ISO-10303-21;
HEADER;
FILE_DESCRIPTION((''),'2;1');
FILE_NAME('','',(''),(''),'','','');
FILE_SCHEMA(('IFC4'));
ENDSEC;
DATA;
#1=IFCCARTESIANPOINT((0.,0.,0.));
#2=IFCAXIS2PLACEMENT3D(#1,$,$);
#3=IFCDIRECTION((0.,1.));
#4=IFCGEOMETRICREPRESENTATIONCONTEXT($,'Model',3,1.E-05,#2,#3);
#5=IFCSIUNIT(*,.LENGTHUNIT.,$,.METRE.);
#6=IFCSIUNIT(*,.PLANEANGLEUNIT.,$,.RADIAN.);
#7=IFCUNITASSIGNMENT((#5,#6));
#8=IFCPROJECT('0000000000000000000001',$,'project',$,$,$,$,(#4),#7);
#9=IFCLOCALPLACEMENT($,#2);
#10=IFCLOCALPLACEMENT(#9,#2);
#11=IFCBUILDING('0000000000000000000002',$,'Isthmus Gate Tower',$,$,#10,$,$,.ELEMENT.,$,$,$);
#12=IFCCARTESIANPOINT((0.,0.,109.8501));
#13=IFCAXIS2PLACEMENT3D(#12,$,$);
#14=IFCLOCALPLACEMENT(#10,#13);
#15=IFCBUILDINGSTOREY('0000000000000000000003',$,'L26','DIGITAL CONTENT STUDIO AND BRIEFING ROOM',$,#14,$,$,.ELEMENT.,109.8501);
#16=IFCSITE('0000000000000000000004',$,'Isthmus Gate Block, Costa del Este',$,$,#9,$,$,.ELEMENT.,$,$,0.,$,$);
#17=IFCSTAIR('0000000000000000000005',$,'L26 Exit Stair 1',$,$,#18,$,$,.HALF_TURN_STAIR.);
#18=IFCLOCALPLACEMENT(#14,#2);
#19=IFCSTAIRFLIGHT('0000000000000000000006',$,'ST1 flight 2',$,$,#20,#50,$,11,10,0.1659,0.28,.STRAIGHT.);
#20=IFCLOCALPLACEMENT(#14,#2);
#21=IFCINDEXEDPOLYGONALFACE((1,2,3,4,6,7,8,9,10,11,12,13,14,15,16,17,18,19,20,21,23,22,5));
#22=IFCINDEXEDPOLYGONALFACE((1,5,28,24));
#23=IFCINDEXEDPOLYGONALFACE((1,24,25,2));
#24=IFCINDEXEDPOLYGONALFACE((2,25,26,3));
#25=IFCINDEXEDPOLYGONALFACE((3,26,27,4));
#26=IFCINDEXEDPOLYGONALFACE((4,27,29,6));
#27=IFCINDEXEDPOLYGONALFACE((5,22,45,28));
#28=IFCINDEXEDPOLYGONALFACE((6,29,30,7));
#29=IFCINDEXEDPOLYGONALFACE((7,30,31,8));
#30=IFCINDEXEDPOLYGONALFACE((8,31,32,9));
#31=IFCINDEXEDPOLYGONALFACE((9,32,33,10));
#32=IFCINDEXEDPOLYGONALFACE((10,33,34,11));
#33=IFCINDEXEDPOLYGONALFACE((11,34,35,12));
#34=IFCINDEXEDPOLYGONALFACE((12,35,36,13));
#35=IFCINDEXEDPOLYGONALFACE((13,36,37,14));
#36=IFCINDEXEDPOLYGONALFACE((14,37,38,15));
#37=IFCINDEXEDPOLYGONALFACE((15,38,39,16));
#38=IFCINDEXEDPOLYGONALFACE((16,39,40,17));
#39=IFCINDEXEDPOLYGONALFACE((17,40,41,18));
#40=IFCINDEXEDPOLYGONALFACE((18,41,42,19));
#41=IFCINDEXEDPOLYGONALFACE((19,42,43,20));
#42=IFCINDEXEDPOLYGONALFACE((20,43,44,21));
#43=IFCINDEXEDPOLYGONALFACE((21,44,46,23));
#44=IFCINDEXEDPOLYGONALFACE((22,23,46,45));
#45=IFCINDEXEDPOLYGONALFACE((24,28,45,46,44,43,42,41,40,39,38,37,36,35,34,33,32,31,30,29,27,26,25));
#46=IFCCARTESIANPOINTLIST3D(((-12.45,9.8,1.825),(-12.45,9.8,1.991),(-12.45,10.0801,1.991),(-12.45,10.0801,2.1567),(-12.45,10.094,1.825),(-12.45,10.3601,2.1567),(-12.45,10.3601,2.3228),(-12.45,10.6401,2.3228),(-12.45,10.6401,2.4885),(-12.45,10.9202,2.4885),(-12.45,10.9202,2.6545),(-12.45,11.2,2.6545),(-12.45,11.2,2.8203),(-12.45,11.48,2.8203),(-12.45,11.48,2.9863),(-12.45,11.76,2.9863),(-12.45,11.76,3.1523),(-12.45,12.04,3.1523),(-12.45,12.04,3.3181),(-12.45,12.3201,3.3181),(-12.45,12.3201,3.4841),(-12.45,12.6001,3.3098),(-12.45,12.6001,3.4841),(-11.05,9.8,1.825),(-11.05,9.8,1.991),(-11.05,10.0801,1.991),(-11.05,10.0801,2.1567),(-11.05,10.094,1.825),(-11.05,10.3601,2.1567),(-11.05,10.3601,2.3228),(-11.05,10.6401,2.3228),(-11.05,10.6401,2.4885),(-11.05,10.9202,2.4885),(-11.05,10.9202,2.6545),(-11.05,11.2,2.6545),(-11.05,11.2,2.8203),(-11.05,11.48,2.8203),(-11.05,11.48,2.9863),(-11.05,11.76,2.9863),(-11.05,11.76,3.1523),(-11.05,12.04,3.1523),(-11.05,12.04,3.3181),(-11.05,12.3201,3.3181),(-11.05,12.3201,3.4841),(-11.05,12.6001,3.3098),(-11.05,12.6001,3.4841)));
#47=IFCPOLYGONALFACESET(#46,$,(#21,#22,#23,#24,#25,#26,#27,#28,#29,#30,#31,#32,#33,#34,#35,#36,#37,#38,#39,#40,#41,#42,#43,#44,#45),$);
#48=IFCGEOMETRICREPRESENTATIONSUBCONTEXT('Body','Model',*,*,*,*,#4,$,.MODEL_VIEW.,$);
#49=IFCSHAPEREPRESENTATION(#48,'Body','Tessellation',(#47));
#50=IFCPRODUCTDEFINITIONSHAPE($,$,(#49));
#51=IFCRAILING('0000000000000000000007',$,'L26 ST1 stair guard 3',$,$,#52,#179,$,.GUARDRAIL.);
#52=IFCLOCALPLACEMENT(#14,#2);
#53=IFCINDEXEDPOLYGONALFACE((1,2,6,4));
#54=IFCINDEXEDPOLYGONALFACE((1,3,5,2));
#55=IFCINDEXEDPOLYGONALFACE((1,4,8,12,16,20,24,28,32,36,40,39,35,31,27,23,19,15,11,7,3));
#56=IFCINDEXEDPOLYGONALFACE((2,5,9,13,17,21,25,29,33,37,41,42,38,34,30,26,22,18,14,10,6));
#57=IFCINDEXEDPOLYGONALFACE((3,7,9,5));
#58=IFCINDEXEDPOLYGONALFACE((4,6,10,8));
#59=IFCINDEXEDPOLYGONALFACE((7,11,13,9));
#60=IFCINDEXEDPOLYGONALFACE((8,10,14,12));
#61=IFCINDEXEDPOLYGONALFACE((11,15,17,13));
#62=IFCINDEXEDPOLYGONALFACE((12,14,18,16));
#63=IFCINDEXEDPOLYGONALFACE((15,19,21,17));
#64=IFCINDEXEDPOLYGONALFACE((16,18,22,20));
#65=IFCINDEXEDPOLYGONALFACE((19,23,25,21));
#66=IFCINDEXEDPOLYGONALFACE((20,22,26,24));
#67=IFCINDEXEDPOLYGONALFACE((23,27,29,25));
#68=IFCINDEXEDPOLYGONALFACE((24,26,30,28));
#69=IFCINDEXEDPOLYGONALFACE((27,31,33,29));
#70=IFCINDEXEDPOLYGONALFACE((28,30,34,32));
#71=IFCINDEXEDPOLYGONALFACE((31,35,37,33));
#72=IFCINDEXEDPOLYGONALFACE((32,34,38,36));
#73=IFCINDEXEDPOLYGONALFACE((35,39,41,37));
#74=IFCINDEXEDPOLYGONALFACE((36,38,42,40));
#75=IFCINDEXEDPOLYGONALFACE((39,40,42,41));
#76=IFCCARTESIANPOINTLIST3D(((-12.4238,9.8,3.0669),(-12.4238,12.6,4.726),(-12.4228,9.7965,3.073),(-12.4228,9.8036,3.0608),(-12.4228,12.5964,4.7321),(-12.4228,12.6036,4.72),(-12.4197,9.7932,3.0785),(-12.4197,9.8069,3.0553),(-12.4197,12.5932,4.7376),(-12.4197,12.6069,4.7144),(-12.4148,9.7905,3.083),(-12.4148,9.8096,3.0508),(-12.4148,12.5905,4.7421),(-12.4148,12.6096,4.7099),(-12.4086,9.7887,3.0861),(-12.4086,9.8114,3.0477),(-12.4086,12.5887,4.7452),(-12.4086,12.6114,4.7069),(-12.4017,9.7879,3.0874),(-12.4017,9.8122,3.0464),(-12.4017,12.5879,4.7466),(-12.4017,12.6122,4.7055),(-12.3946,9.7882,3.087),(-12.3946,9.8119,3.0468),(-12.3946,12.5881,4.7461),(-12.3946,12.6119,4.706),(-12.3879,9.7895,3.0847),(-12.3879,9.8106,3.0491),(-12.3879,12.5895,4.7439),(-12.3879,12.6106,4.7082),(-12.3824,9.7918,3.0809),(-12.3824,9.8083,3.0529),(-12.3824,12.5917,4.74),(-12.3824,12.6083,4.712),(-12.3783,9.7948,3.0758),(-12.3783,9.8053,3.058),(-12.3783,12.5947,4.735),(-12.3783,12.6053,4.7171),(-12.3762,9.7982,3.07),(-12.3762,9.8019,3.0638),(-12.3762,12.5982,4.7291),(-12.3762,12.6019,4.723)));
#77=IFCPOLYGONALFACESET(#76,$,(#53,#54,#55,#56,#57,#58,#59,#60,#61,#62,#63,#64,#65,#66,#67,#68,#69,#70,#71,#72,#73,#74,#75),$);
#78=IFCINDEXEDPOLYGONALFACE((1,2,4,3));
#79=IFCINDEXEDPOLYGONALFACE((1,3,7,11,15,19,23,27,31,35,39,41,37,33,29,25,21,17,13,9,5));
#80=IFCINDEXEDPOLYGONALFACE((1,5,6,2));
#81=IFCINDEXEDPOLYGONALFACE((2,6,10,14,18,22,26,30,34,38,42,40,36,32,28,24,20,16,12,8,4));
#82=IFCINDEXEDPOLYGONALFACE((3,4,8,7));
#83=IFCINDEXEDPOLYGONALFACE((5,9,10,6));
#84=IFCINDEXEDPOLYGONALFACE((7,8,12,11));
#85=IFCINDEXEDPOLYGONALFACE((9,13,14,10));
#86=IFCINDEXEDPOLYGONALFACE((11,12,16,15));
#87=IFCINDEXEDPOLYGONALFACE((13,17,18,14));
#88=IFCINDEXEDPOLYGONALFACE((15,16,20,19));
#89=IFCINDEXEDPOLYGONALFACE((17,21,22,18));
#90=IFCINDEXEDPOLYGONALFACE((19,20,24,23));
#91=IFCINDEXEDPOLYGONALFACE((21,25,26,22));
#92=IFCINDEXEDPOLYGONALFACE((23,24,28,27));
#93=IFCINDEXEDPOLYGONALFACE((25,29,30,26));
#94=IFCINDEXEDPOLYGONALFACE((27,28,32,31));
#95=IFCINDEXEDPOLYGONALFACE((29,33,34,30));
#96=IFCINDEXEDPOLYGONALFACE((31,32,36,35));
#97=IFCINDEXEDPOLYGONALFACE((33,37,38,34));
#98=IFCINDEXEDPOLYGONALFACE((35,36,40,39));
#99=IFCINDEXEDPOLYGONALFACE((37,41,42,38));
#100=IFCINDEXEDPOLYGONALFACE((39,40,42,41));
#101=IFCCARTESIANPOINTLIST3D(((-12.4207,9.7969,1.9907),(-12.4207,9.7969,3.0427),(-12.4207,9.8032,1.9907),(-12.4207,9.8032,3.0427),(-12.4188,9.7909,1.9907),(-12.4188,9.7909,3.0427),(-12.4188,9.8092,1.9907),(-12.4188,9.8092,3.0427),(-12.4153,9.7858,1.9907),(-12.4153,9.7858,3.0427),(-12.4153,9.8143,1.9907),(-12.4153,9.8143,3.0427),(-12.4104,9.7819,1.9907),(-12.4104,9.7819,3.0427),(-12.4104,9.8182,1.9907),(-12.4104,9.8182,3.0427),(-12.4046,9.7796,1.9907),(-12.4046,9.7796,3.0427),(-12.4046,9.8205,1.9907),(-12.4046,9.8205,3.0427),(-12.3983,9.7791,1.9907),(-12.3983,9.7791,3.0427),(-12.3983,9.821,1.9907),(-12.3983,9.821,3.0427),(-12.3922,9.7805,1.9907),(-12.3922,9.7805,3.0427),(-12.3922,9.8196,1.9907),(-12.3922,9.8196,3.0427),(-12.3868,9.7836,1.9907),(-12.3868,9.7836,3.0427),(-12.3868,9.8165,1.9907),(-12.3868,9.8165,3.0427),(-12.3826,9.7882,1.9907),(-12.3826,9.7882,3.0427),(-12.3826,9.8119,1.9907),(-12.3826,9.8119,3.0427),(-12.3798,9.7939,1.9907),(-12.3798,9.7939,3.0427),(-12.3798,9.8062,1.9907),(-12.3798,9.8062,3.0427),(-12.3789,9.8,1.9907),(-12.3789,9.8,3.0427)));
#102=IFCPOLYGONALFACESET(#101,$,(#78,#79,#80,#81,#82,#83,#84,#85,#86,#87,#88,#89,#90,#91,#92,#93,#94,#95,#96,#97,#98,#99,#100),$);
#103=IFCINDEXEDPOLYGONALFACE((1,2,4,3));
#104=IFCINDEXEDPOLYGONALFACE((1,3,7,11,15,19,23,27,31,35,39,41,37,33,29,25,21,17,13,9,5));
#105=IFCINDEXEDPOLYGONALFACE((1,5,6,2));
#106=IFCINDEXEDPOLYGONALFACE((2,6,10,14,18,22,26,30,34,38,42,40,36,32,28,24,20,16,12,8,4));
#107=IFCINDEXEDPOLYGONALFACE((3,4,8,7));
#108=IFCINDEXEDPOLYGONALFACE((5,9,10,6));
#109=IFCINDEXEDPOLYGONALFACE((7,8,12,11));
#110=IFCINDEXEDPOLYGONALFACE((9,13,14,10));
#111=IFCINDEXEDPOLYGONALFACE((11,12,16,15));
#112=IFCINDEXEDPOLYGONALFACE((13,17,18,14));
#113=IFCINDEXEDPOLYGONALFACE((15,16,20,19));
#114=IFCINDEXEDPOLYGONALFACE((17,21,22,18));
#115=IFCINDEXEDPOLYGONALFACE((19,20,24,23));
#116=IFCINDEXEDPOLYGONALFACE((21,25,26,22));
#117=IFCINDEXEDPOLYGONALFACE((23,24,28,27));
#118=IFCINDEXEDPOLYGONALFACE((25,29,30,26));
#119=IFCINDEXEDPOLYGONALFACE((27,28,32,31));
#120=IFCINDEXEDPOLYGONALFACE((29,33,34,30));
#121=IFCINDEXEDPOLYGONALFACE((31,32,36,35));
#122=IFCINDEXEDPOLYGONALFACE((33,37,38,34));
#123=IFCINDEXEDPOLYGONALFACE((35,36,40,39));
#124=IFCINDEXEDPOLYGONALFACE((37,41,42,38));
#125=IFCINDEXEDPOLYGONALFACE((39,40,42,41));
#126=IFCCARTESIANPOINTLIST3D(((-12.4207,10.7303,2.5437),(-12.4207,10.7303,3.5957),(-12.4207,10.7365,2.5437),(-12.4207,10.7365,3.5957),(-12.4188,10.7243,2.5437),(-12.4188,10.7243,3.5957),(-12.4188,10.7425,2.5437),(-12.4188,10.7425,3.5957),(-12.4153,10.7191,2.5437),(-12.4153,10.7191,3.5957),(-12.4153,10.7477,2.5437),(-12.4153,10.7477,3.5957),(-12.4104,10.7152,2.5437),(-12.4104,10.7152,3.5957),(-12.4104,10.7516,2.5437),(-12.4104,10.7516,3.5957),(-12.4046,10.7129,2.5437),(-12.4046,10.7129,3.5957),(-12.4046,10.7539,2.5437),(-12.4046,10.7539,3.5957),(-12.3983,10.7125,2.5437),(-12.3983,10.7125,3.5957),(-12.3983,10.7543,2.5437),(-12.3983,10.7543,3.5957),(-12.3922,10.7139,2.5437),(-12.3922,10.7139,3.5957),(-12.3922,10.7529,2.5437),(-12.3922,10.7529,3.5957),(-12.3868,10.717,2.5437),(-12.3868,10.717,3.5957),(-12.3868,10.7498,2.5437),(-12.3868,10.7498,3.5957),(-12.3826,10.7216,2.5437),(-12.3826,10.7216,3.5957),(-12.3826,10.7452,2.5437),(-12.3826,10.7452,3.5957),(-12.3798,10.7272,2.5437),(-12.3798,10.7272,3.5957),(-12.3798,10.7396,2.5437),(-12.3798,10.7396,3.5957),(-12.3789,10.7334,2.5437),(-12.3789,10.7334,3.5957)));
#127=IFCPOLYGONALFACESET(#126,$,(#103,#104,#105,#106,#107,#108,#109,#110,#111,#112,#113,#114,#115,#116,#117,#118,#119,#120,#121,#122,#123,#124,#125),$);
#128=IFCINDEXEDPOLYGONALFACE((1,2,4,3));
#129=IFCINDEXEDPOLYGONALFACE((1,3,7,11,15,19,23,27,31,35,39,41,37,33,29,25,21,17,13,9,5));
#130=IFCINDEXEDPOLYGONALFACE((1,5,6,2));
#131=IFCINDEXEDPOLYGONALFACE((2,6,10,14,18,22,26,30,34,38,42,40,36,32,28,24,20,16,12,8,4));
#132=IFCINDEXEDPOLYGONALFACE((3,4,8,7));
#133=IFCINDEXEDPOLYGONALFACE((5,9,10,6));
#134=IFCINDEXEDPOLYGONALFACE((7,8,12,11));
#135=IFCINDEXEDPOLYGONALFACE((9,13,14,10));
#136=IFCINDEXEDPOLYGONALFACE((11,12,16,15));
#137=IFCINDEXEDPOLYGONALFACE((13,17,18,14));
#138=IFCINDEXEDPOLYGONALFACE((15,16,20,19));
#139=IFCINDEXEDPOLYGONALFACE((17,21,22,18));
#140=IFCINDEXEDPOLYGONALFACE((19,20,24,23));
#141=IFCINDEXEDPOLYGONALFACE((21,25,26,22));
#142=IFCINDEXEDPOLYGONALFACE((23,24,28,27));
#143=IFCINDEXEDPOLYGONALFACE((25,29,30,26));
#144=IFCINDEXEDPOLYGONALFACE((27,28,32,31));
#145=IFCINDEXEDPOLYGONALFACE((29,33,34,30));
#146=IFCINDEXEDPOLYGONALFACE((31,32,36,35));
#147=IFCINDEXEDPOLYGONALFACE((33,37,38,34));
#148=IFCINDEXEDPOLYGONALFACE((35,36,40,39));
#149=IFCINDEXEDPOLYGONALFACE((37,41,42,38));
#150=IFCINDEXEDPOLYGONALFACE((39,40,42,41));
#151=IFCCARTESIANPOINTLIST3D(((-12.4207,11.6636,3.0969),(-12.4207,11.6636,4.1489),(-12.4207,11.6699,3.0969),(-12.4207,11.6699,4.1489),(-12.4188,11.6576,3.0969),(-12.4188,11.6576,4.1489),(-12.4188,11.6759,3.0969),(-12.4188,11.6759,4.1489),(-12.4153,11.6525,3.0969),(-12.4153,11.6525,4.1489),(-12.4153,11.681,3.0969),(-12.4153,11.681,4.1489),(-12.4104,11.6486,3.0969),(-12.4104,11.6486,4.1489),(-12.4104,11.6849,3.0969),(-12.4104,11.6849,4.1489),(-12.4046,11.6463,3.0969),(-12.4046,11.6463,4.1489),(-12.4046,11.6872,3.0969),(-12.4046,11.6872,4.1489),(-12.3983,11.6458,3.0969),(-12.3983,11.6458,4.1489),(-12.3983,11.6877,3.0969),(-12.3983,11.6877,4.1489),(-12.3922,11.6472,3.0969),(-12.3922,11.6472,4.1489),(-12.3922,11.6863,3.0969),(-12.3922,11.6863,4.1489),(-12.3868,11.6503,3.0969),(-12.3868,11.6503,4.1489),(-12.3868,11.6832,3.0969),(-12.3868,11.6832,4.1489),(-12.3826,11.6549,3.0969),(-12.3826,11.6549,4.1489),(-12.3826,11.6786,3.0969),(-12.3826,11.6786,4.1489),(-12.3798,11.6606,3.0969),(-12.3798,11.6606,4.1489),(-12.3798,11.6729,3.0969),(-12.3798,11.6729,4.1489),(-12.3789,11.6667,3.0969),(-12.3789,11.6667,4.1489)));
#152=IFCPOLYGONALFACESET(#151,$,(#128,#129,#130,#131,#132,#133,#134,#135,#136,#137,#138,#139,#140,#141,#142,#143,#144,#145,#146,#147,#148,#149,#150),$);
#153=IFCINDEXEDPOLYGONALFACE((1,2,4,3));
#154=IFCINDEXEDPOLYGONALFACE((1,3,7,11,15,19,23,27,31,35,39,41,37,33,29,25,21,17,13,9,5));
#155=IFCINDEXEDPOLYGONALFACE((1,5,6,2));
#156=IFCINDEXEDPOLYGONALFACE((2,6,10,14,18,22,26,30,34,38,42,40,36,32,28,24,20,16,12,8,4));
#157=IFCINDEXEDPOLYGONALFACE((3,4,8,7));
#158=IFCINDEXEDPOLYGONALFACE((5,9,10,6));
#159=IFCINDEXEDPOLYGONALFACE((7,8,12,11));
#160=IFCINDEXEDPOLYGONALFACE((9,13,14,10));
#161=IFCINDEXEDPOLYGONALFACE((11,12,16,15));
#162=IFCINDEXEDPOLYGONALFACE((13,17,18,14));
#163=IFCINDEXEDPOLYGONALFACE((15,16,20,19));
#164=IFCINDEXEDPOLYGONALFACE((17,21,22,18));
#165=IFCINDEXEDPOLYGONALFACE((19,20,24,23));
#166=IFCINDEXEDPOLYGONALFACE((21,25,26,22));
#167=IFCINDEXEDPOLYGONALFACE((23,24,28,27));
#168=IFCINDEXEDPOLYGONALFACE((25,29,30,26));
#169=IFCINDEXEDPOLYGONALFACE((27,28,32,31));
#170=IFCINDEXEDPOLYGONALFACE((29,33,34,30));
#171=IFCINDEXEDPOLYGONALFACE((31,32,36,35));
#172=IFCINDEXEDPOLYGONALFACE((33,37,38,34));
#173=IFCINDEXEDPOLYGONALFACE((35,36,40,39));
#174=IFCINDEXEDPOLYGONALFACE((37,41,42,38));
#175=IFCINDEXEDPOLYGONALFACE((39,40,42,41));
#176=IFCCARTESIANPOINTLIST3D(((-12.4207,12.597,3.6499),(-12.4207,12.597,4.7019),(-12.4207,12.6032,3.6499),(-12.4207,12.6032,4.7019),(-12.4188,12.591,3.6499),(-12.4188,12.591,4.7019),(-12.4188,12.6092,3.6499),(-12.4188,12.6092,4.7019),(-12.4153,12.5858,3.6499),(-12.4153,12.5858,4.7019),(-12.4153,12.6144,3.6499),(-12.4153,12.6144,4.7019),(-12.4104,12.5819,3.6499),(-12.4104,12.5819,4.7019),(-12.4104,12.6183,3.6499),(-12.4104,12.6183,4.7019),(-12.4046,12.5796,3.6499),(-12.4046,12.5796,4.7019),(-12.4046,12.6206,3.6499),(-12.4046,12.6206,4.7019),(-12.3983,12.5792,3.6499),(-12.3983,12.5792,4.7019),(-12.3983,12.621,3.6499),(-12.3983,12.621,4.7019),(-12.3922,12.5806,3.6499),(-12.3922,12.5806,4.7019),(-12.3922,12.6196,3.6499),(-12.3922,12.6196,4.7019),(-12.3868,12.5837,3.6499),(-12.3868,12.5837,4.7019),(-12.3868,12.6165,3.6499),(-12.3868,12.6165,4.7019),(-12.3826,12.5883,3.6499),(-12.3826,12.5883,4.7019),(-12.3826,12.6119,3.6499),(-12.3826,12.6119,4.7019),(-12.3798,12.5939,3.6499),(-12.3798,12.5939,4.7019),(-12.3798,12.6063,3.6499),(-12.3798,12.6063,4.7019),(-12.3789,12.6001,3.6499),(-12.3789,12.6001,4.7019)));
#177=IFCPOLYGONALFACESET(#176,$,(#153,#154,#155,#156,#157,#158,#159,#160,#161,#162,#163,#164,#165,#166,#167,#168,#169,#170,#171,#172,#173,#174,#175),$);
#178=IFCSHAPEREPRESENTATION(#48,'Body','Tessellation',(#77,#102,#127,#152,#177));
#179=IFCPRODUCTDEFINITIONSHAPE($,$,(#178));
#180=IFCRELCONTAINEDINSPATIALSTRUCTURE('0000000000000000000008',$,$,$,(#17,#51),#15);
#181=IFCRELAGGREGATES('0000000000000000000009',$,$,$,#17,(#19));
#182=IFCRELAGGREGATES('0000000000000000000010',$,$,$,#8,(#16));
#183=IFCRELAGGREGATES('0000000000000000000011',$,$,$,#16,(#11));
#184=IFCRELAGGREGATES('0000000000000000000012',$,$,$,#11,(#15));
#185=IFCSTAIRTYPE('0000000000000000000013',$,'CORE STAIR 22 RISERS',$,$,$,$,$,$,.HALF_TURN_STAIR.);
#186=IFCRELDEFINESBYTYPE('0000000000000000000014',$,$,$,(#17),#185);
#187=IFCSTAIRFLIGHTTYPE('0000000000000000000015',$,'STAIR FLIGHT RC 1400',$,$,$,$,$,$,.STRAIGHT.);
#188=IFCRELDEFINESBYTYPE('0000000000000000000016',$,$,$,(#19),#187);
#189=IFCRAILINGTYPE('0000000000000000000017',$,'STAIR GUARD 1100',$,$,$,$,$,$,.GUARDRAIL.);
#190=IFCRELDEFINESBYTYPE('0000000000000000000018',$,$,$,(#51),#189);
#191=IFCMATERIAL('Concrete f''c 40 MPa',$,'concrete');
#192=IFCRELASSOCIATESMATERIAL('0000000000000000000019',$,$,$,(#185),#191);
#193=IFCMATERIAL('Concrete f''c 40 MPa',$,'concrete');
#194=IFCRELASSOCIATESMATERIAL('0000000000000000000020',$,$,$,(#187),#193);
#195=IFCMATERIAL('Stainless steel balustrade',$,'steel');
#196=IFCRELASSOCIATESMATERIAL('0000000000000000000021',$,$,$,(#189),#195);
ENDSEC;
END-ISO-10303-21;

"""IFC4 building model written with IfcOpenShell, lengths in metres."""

from ifc_helpers import new_model, si_unit, direction, frame, origin, origin_2d, place, context, subcontext, project, spatial, polyline, circle, outline, extrude, material, type_object, element, aggregate, save


model = new_model("IFC4")

# Units and contexts
model_context = context("Model", 3, precision=1e-05, world=origin(), true_north=direction((0.0, 1.0)))
body_context = subcontext(model_context, "Body", "Model", "MODEL_VIEW")
ifc_project = project(units=[si_unit("LENGTHUNIT", "METRE"), si_unit("PLANEANGLEUNIT", "RADIAN")], contexts=[model_context])

# Site, building, storey
site_placement = place(None, origin())
site = spatial("IfcSite", under=ifc_project, at=site_placement, Name="Isthmus Gate Block, Costa del Este", CompositionType="ELEMENT", RefElevation=0.0)
building_placement = place(site_placement, origin())
building = spatial("IfcBuilding", under=site, at=building_placement, Name="Isthmus Gate Tower", CompositionType="ELEMENT")
storey_placement = place(building_placement, frame((0.0, 0.0, 109.8501)))
storey = spatial("IfcBuildingStorey", under=building, at=storey_placement, Name="L26", Description="DIGITAL CONTENT STUDIO AND BRIEFING ROOM", CompositionType="ELEMENT", Elevation=109.8501)

# Stair, stair flight
ifc_material_1 = material(Name="Concrete f'c 40 MPa", Category="concrete")
stair_type = type_object("IfcStairType", Name="CORE STAIR 22 RISERS", PredefinedType="HALF_TURN_STAIR", material=ifc_material_1)
stair_placement = place(storey_placement, origin())
stair = element("IfcStair", 1, at=stair_placement, inside=storey, type_object=stair_type, Name="L26 Exit Stair 1", PredefinedType="HALF_TURN_STAIR")
ifc_material_2 = material(Name="Concrete f'c 40 MPa", Category="concrete")
stair_flight_type = type_object("IfcStairFlightType", Name="STAIR FLIGHT RC 1400", PredefinedType="STRAIGHT", material=ifc_material_2)
stair_flight_placement = place(storey_placement, frame((-11.75, 9.8, 1.825), z_axis=(0.0, 0.0, 1.0), x_axis=(0.0, 1.0, 0.0)))
stair_flight = element("IfcStairFlight", 2, at=stair_flight_placement, type_object=stair_flight_type, Name="ST1 flight 2", NumberOfRisers=11, NumberOfTreads=10, PredefinedType="STRAIGHT", RiserHeight=0.1659, TreadLength=0.28, context=body_context, shape_type="SweptSolid", body=[
    extrude(outline(polyline([(0.0, 0.0), (0.0, 0.166), (0.28, 0.166), (0.28, 0.3318), (0.5601, 0.3318), (0.5601, 0.4978), (0.8401, 0.4978), (0.8401, 0.6636), (1.1201, 0.6636), (1.1201, 0.8296), (1.3999, 0.8296), (1.3999, 0.9954), (1.6799, 0.9954), (1.6799, 1.1614), (1.96, 1.1614), (1.96, 1.3274), (2.24, 1.3274), (2.24, 1.4932), (2.52, 1.4932), (2.52, 1.6592), (2.8, 1.6592), (2.8, 1.825), (2.8, 1.4849), (0.2939, 0.0), (0.0, 0.0)])), frame((0.0, 0.7, 0.0), z_axis=(0.0, -1.0, 0.0), x_axis=(1.0, 0.0, 0.0)), (0.0, 0.0, 1.0), 1.3999),
])
aggregate(stair, [stair_flight])

# Railing
ifc_material_3 = material(Name="Stainless steel balustrade", Category="steel")
railing_type_1 = type_object("IfcRailingType", Name="STAIR GUARD 1100", PredefinedType="GUARDRAIL", material=ifc_material_3)
railing_1_placement = place(storey_placement, frame((-12.3999, 9.8, 1.9907)))
element("IfcRailing", 3, at=railing_1_placement, inside=storey, type_object=railing_type_1, Name="L26 ST1 stair guard 3", PredefinedType="GUARDRAIL", context=body_context, shape_type="SweptSolid", body=[
    extrude(circle(Radius=0.0239, at=origin_2d()), frame((0.0, 0.0, 1.0762), z_axis=(0.0, 0.860306, 0.509778), x_axis=(-1.0, 0.0, 0.0)), (0.0, 0.0, 1.0), 3.2546),
    extrude(circle(Radius=0.021, at=origin_2d()), origin(), (0.0, 0.0, 1.0), 1.052),
    extrude(circle(Radius=0.021, at=origin_2d()), frame((0.0, 0.9333, 0.553)), (0.0, 0.0, 1.0), 1.052),
    extrude(circle(Radius=0.021, at=origin_2d()), frame((0.0, 1.8667, 1.1062)), (0.0, 0.0, 1.0), 1.052),
    extrude(circle(Radius=0.021, at=origin_2d()), frame((0.0, 2.8, 1.6592)), (0.0, 0.0, 1.0), 1.052),
])

save(model, "model.ifc")
